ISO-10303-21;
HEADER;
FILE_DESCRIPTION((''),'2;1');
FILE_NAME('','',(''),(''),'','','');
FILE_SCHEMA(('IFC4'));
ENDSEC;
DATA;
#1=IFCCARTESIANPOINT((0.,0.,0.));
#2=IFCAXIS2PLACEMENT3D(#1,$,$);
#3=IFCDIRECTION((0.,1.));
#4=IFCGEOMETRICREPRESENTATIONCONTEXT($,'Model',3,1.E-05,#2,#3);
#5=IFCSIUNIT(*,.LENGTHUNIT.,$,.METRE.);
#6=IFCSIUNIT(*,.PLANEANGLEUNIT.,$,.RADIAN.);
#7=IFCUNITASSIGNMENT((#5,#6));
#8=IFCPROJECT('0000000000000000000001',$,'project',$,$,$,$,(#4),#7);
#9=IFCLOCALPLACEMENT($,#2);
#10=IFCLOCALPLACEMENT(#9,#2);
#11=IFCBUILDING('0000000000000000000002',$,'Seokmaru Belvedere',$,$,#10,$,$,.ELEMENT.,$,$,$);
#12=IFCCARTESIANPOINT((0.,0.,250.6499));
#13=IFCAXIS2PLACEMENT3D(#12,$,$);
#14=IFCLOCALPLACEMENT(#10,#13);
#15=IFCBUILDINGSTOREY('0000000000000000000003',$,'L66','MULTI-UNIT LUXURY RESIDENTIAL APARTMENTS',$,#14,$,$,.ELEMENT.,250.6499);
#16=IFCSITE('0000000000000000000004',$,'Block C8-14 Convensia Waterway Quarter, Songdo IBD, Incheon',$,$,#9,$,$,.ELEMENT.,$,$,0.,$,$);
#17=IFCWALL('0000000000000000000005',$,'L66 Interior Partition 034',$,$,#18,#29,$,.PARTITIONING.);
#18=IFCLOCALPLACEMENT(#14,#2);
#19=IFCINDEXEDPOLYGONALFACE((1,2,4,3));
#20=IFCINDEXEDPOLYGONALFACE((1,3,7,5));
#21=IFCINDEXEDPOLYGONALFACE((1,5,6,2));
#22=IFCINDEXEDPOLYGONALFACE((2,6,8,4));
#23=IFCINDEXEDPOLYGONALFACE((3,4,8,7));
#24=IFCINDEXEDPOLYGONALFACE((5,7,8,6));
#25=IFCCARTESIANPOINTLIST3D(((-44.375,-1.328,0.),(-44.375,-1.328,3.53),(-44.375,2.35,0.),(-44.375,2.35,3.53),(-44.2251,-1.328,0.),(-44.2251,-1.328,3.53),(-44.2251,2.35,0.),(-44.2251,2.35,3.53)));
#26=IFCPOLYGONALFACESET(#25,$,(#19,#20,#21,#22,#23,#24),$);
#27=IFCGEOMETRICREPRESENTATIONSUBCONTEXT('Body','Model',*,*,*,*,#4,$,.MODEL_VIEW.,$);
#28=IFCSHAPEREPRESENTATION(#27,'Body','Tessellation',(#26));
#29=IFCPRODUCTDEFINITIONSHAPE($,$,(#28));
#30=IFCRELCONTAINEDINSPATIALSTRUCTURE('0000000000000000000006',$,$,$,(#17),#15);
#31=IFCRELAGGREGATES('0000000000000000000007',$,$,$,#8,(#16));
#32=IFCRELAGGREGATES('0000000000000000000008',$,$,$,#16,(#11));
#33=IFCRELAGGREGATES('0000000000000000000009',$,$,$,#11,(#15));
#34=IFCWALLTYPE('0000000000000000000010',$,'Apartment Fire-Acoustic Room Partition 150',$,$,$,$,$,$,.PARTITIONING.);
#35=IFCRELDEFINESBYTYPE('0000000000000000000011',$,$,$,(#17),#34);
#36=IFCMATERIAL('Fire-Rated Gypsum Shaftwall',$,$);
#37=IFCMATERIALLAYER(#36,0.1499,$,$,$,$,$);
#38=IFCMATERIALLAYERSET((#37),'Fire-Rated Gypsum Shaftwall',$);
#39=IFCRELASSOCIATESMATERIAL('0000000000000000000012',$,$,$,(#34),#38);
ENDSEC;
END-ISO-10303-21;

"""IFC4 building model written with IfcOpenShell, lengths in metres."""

from ifc_helpers import new_model, si_unit, direction, frame, frame_2d, origin, place, context, subcontext, project, spatial, rectangle, extrude, material, layer, layer_set, type_object, element, save


model = new_model("IFC4")

# Units and contexts
model_context = context("Model", 3, precision=1e-05, world=origin(), true_north=direction((0.0, 1.0)))
body_context = subcontext(model_context, "Body", "Model", "MODEL_VIEW")
ifc_project = project(units=[si_unit("LENGTHUNIT", "METRE"), si_unit("PLANEANGLEUNIT", "RADIAN")], contexts=[model_context])

# Site, building, storey
site_placement = place(None, origin())
site = spatial("IfcSite", under=ifc_project, at=site_placement, Name="Block C8-14 Convensia Waterway Quarter, Songdo IBD, Incheon", CompositionType="ELEMENT", RefElevation=0.0)
building_placement = place(site_placement, origin())
building = spatial("IfcBuilding", under=site, at=building_placement, Name="Seokmaru Belvedere", CompositionType="ELEMENT")
storey_placement = place(building_placement, frame((0.0, 0.0, 250.6499)))
storey = spatial("IfcBuildingStorey", under=building, at=storey_placement, Name="L66", Description="MULTI-UNIT LUXURY RESIDENTIAL APARTMENTS", CompositionType="ELEMENT", Elevation=250.6499)

# Wall
ifc_material_1 = material(Name="Fire-Rated Gypsum Shaftwall")
ifc_layer_1 = layer(ifc_material_1, 0.1499)
ifc_layer_set_1 = layer_set([ifc_layer_1], Name="Fire-Rated Gypsum Shaftwall")
wall_type = type_object("IfcWallType", Name="Apartment Fire-Acoustic Room Partition 150", PredefinedType="PARTITIONING", material=ifc_layer_set_1)
wall_placement = place(storey_placement, frame((-44.3, -1.3279, 0.0), z_axis=(0.0, 0.0, 1.0), x_axis=(0.0, 1.0, 0.0)))
element("IfcWall", 1, at=wall_placement, inside=storey, type_object=wall_type, Name="L66 Interior Partition 034", PredefinedType="PARTITIONING", context=body_context, shape_type="SweptSolid", body=[
    extrude(rectangle(XDim=3.678, YDim=0.1499, at=frame_2d((1.8389, 0.0))), origin(), (0.0, 0.0, 1.0), 3.53),
])

save(model, "model.ifc")
